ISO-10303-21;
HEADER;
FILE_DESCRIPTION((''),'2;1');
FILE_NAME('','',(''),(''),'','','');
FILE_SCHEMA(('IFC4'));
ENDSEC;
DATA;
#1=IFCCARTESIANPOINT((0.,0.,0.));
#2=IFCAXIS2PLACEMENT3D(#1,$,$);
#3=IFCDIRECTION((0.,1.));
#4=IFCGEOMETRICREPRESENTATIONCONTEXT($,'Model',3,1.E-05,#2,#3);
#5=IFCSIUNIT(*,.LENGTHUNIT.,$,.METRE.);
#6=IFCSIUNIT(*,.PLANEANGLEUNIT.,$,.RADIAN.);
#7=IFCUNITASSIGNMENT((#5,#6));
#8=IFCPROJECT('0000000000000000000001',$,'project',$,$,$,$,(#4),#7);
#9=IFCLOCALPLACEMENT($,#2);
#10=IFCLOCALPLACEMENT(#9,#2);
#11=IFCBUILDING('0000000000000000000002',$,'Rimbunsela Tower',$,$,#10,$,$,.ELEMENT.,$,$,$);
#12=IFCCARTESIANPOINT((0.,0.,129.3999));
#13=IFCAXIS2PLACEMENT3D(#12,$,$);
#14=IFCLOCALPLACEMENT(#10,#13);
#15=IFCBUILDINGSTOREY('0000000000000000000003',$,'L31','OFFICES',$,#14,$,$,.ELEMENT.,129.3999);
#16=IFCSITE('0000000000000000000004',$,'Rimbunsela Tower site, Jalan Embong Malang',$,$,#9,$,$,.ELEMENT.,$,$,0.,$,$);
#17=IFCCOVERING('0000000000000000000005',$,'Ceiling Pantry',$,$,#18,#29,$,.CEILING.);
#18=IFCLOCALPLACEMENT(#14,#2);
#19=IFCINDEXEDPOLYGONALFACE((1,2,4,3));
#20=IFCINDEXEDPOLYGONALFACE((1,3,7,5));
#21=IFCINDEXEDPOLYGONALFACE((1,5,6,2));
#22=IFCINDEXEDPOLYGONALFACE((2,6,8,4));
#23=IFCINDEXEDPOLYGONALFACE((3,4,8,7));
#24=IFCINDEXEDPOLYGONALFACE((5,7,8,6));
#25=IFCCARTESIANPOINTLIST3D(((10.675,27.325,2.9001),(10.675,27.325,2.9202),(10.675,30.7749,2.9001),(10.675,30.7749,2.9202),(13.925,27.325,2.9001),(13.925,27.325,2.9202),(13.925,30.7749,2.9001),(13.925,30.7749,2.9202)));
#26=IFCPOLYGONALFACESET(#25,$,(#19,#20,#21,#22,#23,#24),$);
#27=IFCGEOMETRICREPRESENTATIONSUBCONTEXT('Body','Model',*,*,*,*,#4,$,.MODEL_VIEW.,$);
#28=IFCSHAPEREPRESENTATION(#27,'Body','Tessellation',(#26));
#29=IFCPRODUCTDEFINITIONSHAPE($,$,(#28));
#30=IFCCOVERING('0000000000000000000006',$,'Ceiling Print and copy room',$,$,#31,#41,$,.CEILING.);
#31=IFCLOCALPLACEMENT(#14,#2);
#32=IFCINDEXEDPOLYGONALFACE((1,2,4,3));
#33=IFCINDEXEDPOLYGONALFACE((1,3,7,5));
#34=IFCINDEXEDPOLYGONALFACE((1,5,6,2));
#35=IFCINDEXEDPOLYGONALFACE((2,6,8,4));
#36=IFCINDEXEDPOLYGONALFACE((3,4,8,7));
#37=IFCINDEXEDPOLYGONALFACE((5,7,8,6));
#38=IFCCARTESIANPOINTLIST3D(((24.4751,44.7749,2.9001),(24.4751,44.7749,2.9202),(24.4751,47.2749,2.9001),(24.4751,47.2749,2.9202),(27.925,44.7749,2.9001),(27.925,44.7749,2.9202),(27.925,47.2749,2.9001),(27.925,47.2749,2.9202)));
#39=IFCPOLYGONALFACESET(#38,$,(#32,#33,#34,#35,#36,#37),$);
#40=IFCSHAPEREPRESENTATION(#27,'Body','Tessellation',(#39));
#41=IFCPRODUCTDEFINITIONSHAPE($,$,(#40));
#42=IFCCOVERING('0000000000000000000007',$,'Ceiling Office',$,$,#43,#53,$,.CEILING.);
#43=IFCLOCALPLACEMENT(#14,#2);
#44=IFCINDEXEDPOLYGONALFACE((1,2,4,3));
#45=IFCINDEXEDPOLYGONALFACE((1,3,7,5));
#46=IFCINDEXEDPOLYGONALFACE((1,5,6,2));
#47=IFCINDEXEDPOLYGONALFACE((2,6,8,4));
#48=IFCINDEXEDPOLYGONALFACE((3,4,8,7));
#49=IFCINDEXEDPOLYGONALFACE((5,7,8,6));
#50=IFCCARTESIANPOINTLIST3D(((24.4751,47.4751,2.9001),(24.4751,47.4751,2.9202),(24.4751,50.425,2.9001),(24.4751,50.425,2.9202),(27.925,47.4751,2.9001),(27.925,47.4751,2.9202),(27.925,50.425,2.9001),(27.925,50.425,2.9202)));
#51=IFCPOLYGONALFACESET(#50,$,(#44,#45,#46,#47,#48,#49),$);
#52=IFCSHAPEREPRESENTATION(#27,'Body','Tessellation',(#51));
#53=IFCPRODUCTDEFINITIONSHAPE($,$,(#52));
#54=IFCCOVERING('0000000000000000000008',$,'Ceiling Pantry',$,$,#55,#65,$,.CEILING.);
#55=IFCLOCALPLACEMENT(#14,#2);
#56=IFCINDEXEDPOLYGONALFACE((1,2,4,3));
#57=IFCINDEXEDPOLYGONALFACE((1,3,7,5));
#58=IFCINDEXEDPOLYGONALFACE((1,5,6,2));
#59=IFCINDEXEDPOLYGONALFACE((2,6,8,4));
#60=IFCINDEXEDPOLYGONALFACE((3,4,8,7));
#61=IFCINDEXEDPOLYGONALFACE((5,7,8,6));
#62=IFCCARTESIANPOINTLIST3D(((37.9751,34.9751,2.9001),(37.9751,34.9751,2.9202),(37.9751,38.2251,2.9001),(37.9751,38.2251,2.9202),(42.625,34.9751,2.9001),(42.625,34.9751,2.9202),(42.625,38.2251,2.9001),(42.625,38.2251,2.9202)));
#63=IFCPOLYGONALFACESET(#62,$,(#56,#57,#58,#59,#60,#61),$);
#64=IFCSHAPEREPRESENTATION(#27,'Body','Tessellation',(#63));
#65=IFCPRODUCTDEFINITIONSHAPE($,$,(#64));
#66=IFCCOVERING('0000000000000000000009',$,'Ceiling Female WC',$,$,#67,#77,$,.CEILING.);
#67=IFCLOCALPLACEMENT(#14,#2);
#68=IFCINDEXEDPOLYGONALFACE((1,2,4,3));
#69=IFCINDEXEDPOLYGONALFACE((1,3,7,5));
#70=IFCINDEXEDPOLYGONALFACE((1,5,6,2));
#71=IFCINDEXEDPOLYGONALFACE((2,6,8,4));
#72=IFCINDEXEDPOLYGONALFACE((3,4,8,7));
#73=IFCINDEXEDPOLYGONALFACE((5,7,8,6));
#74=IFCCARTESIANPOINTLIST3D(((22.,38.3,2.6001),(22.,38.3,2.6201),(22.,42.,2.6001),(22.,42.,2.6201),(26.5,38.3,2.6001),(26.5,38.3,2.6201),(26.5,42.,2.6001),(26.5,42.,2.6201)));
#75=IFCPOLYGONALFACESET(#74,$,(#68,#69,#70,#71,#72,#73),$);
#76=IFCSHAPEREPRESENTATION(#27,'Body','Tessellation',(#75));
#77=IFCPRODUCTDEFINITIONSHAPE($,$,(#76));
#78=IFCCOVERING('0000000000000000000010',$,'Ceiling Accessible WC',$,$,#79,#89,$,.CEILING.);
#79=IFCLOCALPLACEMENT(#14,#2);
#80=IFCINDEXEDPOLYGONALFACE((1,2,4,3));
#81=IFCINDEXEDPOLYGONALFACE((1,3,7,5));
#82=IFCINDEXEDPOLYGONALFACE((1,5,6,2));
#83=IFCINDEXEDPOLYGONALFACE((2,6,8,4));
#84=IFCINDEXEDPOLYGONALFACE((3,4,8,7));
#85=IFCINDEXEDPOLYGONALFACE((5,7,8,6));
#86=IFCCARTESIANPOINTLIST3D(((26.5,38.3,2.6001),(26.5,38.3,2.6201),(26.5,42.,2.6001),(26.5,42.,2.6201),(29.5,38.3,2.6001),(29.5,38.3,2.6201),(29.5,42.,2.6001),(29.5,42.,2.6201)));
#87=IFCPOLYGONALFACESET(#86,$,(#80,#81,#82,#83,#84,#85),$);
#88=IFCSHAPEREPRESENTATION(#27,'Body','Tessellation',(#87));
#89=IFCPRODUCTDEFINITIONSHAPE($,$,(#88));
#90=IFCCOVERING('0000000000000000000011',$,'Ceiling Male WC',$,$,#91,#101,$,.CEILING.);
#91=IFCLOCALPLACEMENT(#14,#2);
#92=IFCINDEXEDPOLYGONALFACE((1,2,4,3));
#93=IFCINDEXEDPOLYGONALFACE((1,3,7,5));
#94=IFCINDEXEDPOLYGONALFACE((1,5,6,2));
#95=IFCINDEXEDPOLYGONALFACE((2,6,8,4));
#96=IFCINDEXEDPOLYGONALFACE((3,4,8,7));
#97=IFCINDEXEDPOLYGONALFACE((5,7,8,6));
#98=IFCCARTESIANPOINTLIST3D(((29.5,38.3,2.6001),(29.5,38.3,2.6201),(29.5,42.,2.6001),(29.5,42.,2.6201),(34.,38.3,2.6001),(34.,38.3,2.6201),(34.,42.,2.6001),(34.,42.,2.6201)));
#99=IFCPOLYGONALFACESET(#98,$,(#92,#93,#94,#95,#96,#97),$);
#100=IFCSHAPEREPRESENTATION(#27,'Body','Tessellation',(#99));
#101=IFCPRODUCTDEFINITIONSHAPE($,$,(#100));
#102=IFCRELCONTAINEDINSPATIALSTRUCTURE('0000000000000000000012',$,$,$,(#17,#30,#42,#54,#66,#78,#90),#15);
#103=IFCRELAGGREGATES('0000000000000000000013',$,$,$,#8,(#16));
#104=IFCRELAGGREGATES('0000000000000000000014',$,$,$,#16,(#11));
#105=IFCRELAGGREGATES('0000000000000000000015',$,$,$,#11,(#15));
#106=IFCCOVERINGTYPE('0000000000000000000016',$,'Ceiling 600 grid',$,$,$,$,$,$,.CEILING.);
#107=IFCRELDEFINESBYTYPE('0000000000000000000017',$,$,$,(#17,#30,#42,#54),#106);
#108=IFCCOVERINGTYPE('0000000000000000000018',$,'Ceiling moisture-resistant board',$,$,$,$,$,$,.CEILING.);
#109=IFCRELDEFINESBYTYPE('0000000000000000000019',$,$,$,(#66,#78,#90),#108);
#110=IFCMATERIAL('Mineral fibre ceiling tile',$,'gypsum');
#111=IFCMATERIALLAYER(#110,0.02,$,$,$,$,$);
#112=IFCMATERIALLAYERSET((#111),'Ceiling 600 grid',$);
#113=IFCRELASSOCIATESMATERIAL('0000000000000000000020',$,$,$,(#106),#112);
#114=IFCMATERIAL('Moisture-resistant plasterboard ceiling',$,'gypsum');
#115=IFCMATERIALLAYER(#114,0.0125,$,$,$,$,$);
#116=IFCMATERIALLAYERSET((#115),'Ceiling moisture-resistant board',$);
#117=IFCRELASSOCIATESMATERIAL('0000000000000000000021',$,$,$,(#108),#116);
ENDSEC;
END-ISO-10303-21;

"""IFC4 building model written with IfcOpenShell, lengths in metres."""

from ifc_helpers import new_model, si_unit, direction, frame, origin, place, context, subcontext, project, spatial, polyline, outline, extrude, material, layer, layer_set, type_object, element, save


model = new_model("IFC4")

# Units and contexts
model_context = context("Model", 3, precision=1e-05, world=origin(), true_north=direction((0.0, 1.0)))
body_context = subcontext(model_context, "Body", "Model", "MODEL_VIEW")
ifc_project = project(units=[si_unit("LENGTHUNIT", "METRE"), si_unit("PLANEANGLEUNIT", "RADIAN")], contexts=[model_context])

# Site, building, storey
site_placement = place(None, origin())
site = spatial("IfcSite", under=ifc_project, at=site_placement, Name="Rimbunsela Tower site, Jalan Embong Malang", CompositionType="ELEMENT", RefElevation=0.0)
building_placement = place(site_placement, origin())
building = spatial("IfcBuilding", under=site, at=building_placement, Name="Rimbunsela Tower", CompositionType="ELEMENT")
storey_placement = place(building_placement, frame((0.0, 0.0, 129.3999)))
storey = spatial("IfcBuildingStorey", under=building, at=storey_placement, Name="L31", Description="OFFICES", CompositionType="ELEMENT", Elevation=129.3999)

# Coverings
ifc_material_1 = material(Name="Mineral fibre ceiling tile", Category="gypsum")
ifc_layer_1 = layer(ifc_material_1, 0.02)
ifc_layer_set_1 = layer_set([ifc_layer_1], Name="Ceiling 600 grid")
covering_type_1 = type_object("IfcCoveringType", Name="Ceiling 600 grid", PredefinedType="CEILING", material=ifc_layer_set_1)
covering_1_placement = place(storey_placement, frame((0.0, 0.0, 2.9001)))
element("IfcCovering", 1, at=covering_1_placement, inside=storey, type_object=covering_type_1, Name="Ceiling Pantry", PredefinedType="CEILING", context=body_context, shape_type="SweptSolid", body=[
    extrude(outline(polyline([(13.925, 27.325), (13.925, 30.7749), (10.675, 30.7749), (10.675, 27.325), (13.925, 27.325)])), origin(), (0.0, 0.0, 1.0), 0.02),
])
covering_2_placement = place(storey_placement, frame((0.0, 0.0, 2.9001)))
element("IfcCovering", 2, at=covering_2_placement, inside=storey, type_object=covering_type_1, Name="Ceiling Print and copy room", PredefinedType="CEILING", context=body_context, shape_type="SweptSolid", body=[
    extrude(outline(polyline([(27.925, 44.7749), (27.925, 47.2749), (24.4751, 47.2749), (24.4751, 44.7749), (27.925, 44.7749)])), origin(), (0.0, 0.0, 1.0), 0.02),
])
covering_3_placement = place(storey_placement, frame((0.0, 0.0, 2.9001)))
element("IfcCovering", 3, at=covering_3_placement, inside=storey, type_object=covering_type_1, Name="Ceiling Office", PredefinedType="CEILING", context=body_context, shape_type="SweptSolid", body=[
    extrude(outline(polyline([(27.925, 47.4751), (27.925, 50.425), (24.4751, 50.425), (24.4751, 47.4751), (27.925, 47.4751)])), origin(), (0.0, 0.0, 1.0), 0.02),
])
covering_4_placement = place(storey_placement, frame((0.0, 0.0, 2.9001)))
element("IfcCovering", 4, at=covering_4_placement, inside=storey, type_object=covering_type_1, Name="Ceiling Pantry", PredefinedType="CEILING", context=body_context, shape_type="SweptSolid", body=[
    extrude(outline(polyline([(42.625, 34.9751), (42.625, 38.2251), (37.9751, 38.2251), (37.9751, 34.9751), (42.625, 34.9751)])), origin(), (0.0, 0.0, 1.0), 0.02),
])
ifc_material_2 = material(Name="Moisture-resistant plasterboard ceiling", Category="gypsum")
ifc_layer_2 = layer(ifc_material_2, 0.0125)
ifc_layer_set_2 = layer_set([ifc_layer_2], Name="Ceiling moisture-resistant board")
covering_type_2 = type_object("IfcCoveringType", Name="Ceiling moisture-resistant board", PredefinedType="CEILING", material=ifc_layer_set_2)
covering_5_placement = place(storey_placement, frame((0.0, 0.0, 2.6001)))
element("IfcCovering", 5, at=covering_5_placement, inside=storey, type_object=covering_type_2, Name="Ceiling Female WC", PredefinedType="CEILING", context=body_context, shape_type="SweptSolid", body=[
    extrude(outline(polyline([(26.5, 38.3), (26.5, 42.0), (22.0, 42.0), (22.0, 38.3), (26.5, 38.3)])), origin(), (0.0, 0.0, 1.0), 0.02),
])
covering_6_placement = place(storey_placement, frame((0.0, 0.0, 2.6001)))
element("IfcCovering", 6, at=covering_6_placement, inside=storey, type_object=covering_type_2, Name="Ceiling Accessible WC", PredefinedType="CEILING", context=body_context, shape_type="SweptSolid", body=[
    extrude(outline(polyline([(29.5, 38.3), (29.5, 42.0), (26.5, 42.0), (26.5, 38.3), (29.5, 38.3)])), origin(), (0.0, 0.0, 1.0), 0.02),
])
covering_7_placement = place(storey_placement, frame((0.0, 0.0, 2.6001)))
element("IfcCovering", 7, at=covering_7_placement, inside=storey, type_object=covering_type_2, Name="Ceiling Male WC", PredefinedType="CEILING", context=body_context, shape_type="SweptSolid", body=[
    extrude(outline(polyline([(34.0, 38.3), (34.0, 42.0), (29.5, 42.0), (29.5, 38.3), (34.0, 38.3)])), origin(), (0.0, 0.0, 1.0), 0.02),
])

save(model, "model.ifc")
